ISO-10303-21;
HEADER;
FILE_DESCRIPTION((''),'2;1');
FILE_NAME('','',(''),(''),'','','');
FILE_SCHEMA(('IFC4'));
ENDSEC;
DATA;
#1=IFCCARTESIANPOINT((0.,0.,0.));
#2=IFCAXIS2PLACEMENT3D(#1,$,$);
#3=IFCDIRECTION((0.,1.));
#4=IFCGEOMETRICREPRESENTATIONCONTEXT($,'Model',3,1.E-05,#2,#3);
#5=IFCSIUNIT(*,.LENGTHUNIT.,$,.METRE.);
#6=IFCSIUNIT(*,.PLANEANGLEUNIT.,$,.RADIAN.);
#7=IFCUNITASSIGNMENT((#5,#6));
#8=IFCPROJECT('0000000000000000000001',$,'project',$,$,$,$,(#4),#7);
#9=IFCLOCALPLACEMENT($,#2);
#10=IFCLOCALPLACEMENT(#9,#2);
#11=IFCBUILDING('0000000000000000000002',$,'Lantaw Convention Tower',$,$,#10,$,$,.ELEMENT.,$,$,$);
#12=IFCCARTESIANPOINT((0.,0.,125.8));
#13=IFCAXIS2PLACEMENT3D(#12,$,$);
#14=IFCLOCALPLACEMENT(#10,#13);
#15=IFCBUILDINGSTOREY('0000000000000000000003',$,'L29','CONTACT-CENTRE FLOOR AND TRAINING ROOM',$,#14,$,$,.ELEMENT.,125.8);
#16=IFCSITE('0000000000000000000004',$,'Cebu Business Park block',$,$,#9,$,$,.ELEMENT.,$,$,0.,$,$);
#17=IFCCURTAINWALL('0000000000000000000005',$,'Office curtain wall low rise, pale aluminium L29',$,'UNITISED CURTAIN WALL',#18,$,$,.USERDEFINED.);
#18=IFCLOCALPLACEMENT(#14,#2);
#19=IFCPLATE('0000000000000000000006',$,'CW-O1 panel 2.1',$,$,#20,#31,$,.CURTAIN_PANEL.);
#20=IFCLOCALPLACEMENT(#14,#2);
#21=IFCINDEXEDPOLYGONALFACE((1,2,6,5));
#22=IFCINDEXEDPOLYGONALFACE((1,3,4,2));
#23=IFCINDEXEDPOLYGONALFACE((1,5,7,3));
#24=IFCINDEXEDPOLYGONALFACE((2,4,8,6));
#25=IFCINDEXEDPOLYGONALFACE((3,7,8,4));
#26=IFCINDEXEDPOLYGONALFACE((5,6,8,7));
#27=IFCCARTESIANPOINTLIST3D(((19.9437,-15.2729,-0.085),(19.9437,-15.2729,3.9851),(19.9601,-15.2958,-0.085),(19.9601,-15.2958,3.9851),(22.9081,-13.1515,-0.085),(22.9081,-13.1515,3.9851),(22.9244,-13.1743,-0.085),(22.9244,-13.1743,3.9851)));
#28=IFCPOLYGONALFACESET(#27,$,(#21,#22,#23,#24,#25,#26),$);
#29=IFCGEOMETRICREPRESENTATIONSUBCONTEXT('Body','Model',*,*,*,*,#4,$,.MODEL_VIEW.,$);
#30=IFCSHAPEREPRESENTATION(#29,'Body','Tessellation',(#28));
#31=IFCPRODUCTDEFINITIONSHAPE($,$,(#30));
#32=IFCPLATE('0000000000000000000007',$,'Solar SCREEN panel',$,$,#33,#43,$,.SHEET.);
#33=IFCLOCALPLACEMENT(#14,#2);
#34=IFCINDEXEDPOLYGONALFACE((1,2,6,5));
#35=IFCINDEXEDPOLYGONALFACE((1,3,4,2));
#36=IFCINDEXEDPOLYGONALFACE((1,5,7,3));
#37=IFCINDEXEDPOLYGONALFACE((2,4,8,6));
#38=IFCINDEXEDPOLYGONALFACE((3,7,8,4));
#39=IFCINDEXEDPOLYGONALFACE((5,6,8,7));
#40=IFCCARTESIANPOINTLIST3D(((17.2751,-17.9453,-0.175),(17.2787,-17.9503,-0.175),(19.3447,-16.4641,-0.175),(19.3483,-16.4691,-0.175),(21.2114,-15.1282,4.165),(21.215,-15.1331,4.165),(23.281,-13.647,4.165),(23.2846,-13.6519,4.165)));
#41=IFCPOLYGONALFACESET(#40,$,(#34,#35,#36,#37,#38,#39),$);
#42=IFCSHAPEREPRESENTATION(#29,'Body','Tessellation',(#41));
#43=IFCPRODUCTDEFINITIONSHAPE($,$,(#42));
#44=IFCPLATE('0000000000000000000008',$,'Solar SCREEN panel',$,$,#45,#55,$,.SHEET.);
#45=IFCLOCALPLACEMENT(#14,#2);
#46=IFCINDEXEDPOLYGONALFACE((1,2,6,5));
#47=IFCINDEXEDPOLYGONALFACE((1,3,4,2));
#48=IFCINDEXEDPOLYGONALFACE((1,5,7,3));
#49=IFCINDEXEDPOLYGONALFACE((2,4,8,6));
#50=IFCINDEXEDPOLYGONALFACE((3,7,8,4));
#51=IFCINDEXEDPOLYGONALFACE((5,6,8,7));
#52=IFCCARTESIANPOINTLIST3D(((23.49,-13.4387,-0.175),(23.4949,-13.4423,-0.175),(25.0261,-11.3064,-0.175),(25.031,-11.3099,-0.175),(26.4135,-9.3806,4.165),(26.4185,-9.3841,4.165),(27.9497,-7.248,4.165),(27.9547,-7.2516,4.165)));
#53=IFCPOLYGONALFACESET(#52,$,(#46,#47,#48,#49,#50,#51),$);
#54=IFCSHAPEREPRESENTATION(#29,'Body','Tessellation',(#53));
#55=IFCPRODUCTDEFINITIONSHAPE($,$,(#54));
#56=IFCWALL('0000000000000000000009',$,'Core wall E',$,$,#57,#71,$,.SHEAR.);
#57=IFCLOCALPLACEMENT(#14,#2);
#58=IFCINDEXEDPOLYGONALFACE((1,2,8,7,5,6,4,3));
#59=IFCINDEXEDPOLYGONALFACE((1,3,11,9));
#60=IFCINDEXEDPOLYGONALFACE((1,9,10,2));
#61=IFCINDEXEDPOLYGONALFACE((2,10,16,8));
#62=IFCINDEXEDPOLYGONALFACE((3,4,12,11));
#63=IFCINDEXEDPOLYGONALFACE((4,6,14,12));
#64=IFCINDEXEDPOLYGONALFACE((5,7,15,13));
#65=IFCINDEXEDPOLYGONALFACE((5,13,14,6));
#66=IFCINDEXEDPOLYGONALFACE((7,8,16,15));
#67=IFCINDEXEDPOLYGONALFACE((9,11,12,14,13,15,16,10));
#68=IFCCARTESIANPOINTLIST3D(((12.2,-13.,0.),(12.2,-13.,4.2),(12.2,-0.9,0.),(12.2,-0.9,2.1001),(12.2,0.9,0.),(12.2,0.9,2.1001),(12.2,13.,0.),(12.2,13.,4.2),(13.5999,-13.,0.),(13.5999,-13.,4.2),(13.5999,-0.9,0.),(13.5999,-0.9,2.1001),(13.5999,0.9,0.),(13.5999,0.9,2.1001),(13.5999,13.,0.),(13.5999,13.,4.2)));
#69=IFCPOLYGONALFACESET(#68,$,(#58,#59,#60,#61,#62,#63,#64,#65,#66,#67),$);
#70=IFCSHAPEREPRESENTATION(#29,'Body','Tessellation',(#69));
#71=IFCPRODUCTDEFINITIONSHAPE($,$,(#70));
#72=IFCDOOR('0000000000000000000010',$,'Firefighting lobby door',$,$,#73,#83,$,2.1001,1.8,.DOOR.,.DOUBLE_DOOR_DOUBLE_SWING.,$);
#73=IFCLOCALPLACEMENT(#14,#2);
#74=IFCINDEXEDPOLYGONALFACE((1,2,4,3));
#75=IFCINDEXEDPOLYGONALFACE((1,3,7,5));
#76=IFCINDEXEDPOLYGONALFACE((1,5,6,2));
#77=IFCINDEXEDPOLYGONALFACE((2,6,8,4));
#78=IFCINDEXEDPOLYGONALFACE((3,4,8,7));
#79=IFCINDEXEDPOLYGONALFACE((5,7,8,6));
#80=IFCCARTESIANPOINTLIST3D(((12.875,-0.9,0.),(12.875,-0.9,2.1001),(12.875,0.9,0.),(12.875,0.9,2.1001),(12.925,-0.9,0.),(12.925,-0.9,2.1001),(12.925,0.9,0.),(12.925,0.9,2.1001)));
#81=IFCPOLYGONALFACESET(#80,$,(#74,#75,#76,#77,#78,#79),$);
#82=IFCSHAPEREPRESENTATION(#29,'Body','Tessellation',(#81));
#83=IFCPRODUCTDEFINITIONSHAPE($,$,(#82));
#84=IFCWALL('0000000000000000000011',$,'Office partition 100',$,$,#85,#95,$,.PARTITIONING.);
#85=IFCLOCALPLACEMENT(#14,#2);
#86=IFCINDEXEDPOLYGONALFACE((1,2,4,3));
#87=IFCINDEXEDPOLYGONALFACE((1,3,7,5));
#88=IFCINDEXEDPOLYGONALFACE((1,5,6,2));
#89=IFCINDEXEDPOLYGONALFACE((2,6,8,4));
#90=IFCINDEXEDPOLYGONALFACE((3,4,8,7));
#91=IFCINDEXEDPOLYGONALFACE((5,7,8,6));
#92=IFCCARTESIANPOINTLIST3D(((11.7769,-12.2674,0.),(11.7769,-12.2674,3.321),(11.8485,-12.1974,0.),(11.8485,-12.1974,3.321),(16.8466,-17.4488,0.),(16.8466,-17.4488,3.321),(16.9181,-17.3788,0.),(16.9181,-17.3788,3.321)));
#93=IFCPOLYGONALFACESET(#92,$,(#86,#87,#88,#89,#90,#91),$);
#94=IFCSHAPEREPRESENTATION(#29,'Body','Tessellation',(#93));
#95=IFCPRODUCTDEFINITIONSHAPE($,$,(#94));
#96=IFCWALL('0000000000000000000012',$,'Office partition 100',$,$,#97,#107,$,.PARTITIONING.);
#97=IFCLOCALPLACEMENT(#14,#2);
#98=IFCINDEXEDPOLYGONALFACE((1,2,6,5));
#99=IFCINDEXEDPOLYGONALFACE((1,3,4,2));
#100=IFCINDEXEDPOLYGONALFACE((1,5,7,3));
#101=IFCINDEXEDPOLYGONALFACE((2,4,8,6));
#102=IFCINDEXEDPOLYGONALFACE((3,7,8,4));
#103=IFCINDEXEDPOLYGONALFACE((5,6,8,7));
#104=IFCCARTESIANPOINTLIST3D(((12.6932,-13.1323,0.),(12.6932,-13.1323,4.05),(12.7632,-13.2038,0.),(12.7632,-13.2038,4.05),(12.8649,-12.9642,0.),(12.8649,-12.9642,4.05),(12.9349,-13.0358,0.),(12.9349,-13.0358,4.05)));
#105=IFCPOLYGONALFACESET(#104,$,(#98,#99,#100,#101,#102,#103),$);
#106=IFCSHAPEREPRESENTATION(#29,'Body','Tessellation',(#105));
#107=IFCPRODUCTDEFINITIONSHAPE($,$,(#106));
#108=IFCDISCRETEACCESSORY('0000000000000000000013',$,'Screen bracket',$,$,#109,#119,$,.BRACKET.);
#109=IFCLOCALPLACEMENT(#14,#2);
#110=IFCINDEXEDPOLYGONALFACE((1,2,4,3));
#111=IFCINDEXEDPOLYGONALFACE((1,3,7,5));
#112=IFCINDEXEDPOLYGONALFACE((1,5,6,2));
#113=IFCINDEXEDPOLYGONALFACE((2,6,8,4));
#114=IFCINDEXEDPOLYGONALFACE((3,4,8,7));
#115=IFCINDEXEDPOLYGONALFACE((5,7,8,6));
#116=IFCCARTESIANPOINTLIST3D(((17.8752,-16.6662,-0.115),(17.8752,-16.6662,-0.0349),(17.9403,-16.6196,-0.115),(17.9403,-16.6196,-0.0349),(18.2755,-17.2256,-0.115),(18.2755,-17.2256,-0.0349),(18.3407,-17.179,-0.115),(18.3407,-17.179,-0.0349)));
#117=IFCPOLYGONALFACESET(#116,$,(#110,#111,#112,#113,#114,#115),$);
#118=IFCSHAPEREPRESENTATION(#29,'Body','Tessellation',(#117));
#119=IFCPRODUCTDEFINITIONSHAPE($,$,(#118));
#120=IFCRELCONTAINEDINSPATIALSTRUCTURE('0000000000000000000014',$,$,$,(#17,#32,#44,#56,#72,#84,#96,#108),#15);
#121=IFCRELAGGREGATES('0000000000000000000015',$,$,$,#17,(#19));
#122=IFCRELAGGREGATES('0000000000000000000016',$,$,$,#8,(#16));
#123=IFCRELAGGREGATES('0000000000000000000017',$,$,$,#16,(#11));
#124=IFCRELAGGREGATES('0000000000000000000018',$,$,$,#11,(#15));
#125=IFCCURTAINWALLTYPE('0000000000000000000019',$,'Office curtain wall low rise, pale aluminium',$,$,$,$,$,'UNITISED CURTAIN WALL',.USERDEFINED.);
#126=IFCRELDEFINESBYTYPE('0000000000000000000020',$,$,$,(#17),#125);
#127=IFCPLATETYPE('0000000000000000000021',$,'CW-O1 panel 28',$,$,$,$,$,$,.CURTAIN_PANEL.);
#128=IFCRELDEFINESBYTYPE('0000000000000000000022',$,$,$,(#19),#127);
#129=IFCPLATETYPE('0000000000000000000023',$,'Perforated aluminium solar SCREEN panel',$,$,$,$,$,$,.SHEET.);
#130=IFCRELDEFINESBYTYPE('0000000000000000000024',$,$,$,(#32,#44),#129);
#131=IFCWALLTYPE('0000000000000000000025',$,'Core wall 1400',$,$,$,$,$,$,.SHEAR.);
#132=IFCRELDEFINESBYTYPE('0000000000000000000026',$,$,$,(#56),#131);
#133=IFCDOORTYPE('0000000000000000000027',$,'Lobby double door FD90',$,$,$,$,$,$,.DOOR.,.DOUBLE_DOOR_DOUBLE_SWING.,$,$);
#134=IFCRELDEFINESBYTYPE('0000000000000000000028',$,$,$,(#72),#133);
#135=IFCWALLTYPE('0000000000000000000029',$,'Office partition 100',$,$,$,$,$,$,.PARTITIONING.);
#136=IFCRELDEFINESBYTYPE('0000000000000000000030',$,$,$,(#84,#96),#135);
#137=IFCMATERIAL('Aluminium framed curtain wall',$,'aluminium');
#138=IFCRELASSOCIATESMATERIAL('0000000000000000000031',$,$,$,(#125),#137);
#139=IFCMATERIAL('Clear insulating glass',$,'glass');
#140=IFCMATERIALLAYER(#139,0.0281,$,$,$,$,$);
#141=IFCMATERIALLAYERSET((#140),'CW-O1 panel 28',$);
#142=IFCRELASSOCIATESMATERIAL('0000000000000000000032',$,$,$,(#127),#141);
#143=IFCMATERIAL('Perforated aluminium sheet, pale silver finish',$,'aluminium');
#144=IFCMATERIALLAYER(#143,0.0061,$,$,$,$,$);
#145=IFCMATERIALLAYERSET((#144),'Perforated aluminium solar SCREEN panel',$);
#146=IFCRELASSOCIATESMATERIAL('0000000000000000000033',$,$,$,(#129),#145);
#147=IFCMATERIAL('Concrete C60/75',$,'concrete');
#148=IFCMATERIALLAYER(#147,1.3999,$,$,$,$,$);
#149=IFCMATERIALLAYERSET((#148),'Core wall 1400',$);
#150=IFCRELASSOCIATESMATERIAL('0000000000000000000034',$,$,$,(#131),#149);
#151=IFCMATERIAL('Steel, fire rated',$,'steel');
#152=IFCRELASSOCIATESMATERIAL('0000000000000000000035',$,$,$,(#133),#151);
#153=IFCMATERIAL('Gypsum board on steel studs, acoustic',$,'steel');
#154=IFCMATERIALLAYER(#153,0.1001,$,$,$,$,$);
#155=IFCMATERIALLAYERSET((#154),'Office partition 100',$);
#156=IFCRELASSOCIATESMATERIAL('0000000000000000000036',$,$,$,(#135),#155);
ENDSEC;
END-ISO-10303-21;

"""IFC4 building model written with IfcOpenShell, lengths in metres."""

from ifc_helpers import new_model, si_unit, direction, frame, frame_2d, origin, origin_2d, place, context, subcontext, project, spatial, polyline, rectangle, outline, extrude, material, layer, layer_set, type_object, element, fill, aggregate, save


model = new_model("IFC4")

# Units and contexts
model_context = context("Model", 3, precision=1e-05, world=origin(), true_north=direction((0.0, 1.0)))
body_context = subcontext(model_context, "Body", "Model", "MODEL_VIEW")
ifc_project = project(units=[si_unit("LENGTHUNIT", "METRE"), si_unit("PLANEANGLEUNIT", "RADIAN")], contexts=[model_context])

# Site, building, storey
site_placement = place(None, origin())
site = spatial("IfcSite", under=ifc_project, at=site_placement, Name="Cebu Business Park block", CompositionType="ELEMENT", RefElevation=0.0)
building_placement = place(site_placement, origin())
building = spatial("IfcBuilding", under=site, at=building_placement, Name="Lantaw Convention Tower", CompositionType="ELEMENT")
storey_placement = place(building_placement, frame((0.0, 0.0, 125.8)))
storey = spatial("IfcBuildingStorey", under=building, at=storey_placement, Name="L29", Description="CONTACT-CENTRE FLOOR AND TRAINING ROOM", CompositionType="ELEMENT", Elevation=125.8)

# Shared definitions
ifc_material_1 = material(Name="Concrete C60/75", Category="concrete")

# Curtain wall
ifc_material_2 = material(Name="Aluminium framed curtain wall", Category="aluminium")
curtain_wall_type = type_object("IfcCurtainWallType", Name="Office curtain wall low rise, pale aluminium", ElementType="UNITISED CURTAIN WALL", PredefinedType="USERDEFINED", material=ifc_material_2)
curtain_wall_1_placement = place(storey_placement, origin())
curtain_wall_1 = element("IfcCurtainWall", 1, at=curtain_wall_1_placement, inside=storey, type_object=curtain_wall_type, Name="Office curtain wall low rise, pale aluminium L29", ObjectType="UNITISED CURTAIN WALL", PredefinedType="USERDEFINED")

# Plate
ifc_material_3 = material(Name="Clear insulating glass", Category="glass")
ifc_layer_1 = layer(ifc_material_3, 0.0281)
ifc_layer_set_1 = layer_set([ifc_layer_1], Name="CW-O1 panel 28")
plate_type_1 = type_object("IfcPlateType", Name="CW-O1 panel 28", PredefinedType="CURTAIN_PANEL", material=ifc_layer_set_1)
plate_1_placement = place(storey_placement, frame((21.4341, -14.2236, -0.085), z_axis=(0.0, 0.0, 1.0), x_axis=(0.813208, 0.581973, 0.0)))
plate_1 = element("IfcPlate", 2, at=plate_1_placement, type_object=plate_type_1, Name="CW-O1 panel 2.1", PredefinedType="CURTAIN_PANEL", context=body_context, shape_type="SweptSolid", body=[
    extrude(rectangle(XDim=3.6453, YDim=0.0281, at=origin_2d()), origin(), (0.0, 0.0, 1.0), 4.0701),
])
aggregate(curtain_wall_1, [plate_1])

# Plates
ifc_material_4 = material(Name="Perforated aluminium sheet, pale silver finish", Category="aluminium")
ifc_layer_2 = layer(ifc_material_4, 0.0061)
ifc_layer_set_2 = layer_set([ifc_layer_2], Name="Perforated aluminium solar SCREEN panel")
plate_type_2 = type_object("IfcPlateType", Name="Perforated aluminium solar SCREEN panel", PredefinedType="SHEET", material=ifc_layer_set_2)
plate_2_placement = place(storey_placement, frame((17.2751, -17.9453, -0.175), z_axis=(-0.582, 0.813189, 0.000012), x_axis=(0.813189, 0.582, 0.0)))
element("IfcPlate", 3, at=plate_2_placement, inside=storey, type_object=plate_type_2, Name="Solar SCREEN panel", PredefinedType="SHEET", context=body_context, shape_type="SweptSolid", body=[
    extrude(outline(polyline([(0.0, 0.0), (2.545, 0.0), (7.3855, -4.3401), (4.8405, -4.3401), (0.0, 0.0)])), origin(), (0.0, 0.0, -1.0), 0.0061),
])
plate_3_placement = place(storey_placement, frame((23.49, -13.4387, -0.175), z_axis=(-0.811395, 0.584498, 0.000036), x_axis=(0.584498, 0.811395, 0.0)))
element("IfcPlate", 4, at=plate_3_placement, inside=storey, type_object=plate_type_2, Name="Solar SCREEN panel", PredefinedType="SHEET", context=body_context, shape_type="SweptSolid", body=[
    extrude(outline(polyline([(0.0, 0.0), (2.628, 0.0), (7.6298, -4.3401), (5.0016, -4.3401), (0.0, 0.0)])), origin(), (0.0, 0.0, -1.0), 0.0061),
])

# Wall, opening, door
ifc_layer_3 = layer(ifc_material_1, 1.3999)
ifc_layer_set_3 = layer_set([ifc_layer_3], Name="Core wall 1400")
wall_type_1 = type_object("IfcWallType", Name="Core wall 1400", PredefinedType="SHEAR", material=ifc_layer_set_3)
wall_1_placement = place(storey_placement, frame((12.8999, -13.0, 0.0), z_axis=(0.0, 0.0, 1.0), x_axis=(0.0, 1.0, 0.0)))
wall_1 = element("IfcWall", 5, at=wall_1_placement, inside=storey, type_object=wall_type_1, Name="Core wall E", PredefinedType="SHEAR", context=body_context, shape_type="SweptSolid", body=[
    extrude(rectangle(XDim=26.0, YDim=1.3999, at=frame_2d((13.0, 0.0))), origin(), (0.0, 0.0, 1.0), 4.2),
])
opening_placement = place(wall_1_placement, frame((12.1001, 0.0, 0.0)))
opening = element("IfcOpeningElement", 6, at=opening_placement, cuts=wall_1, PredefinedType="OPENING", context=body_context, shape_type="SweptSolid", body=[
    extrude(rectangle(XDim=1.8, YDim=2.1001, at=frame_2d((0.8999, 1.05))), frame((0.0, 0.71, 0.0), z_axis=(0.0, -1.0, 0.0), x_axis=(1.0, 0.0, 0.0)), (0.0, 0.0, 1.0), 1.4199),
])
ifc_material_5 = material(Name="Steel, fire rated", Category="steel")
door_type = type_object("IfcDoorType", Name="Lobby double door FD90", OperationType="DOUBLE_DOOR_DOUBLE_SWING", PredefinedType="DOOR", material=ifc_material_5)
door_placement = place(opening_placement, origin())
door = element("IfcDoor", 7, at=door_placement, inside=storey, type_object=door_type, Name="Firefighting lobby door", OperationType="DOUBLE_DOOR_DOUBLE_SWING", OverallHeight=2.1001, OverallWidth=1.8, PredefinedType="DOOR", context=body_context, shape_type="SweptSolid", body=[
    extrude(rectangle(XDim=1.8, YDim=2.1001, at=frame_2d((0.8999, 1.05))), frame((0.0, 0.0249, 0.0), z_axis=(0.0, -1.0, 0.0), x_axis=(1.0, 0.0, 0.0)), (0.0, 0.0, 1.0), 0.05),
])
fill(opening, door)

# Walls
ifc_material_6 = material(Name="Gypsum board on steel studs, acoustic", Category="steel")
ifc_layer_4 = layer(ifc_material_6, 0.1001)
ifc_layer_set_4 = layer_set([ifc_layer_4], Name="Office partition 100")
wall_type_2 = type_object("IfcWallType", Name="Office partition 100", PredefinedType="PARTITIONING", material=ifc_layer_set_4)
wall_2_placement = place(storey_placement, frame((16.8823, -17.4138, 0.0), z_axis=(0.0, 0.0, 1.0), x_axis=(-0.699352, 0.714777, 0.0)))
element("IfcWall", 8, at=wall_2_placement, inside=storey, type_object=wall_type_2, Name="Office partition 100", PredefinedType="PARTITIONING", context=body_context, shape_type="SweptSolid", body=[
    extrude(rectangle(XDim=7.249, YDim=0.1001, at=frame_2d((3.6245, 0.0))), origin(), (0.0, 0.0, 1.0), 3.321),
])
wall_3_placement = place(storey_placement, frame((12.8999, -13.0, 0.0), z_axis=(0.0, 0.0, 1.0), x_axis=(-0.71469, -0.699441, 0.0)))
element("IfcWall", 9, at=wall_3_placement, inside=storey, type_object=wall_type_2, Name="Office partition 100", PredefinedType="PARTITIONING", context=body_context, shape_type="SweptSolid", body=[
    extrude(rectangle(XDim=0.2402, YDim=0.1001, at=frame_2d((0.1201, 0.0))), origin(), (0.0, 0.0, 1.0), 4.05),
])

# Discrete accessory
discrete_accessory_placement = place(storey_placement, frame((18.1079, -16.9226, -0.115), z_axis=(0.0, 0.0, 1.0), x_axis=(0.813208, 0.581973, 0.0)))
element("IfcDiscreteAccessory", 10, at=discrete_accessory_placement, inside=storey, Name="Screen bracket", PredefinedType="BRACKET", context=body_context, shape_type="SweptSolid", body=[
    extrude(rectangle(XDim=0.0801, YDim=0.688, at=origin_2d()), origin(), (0.0, 0.0, 1.0), 0.0801),
])

save(model, "model.ifc")
